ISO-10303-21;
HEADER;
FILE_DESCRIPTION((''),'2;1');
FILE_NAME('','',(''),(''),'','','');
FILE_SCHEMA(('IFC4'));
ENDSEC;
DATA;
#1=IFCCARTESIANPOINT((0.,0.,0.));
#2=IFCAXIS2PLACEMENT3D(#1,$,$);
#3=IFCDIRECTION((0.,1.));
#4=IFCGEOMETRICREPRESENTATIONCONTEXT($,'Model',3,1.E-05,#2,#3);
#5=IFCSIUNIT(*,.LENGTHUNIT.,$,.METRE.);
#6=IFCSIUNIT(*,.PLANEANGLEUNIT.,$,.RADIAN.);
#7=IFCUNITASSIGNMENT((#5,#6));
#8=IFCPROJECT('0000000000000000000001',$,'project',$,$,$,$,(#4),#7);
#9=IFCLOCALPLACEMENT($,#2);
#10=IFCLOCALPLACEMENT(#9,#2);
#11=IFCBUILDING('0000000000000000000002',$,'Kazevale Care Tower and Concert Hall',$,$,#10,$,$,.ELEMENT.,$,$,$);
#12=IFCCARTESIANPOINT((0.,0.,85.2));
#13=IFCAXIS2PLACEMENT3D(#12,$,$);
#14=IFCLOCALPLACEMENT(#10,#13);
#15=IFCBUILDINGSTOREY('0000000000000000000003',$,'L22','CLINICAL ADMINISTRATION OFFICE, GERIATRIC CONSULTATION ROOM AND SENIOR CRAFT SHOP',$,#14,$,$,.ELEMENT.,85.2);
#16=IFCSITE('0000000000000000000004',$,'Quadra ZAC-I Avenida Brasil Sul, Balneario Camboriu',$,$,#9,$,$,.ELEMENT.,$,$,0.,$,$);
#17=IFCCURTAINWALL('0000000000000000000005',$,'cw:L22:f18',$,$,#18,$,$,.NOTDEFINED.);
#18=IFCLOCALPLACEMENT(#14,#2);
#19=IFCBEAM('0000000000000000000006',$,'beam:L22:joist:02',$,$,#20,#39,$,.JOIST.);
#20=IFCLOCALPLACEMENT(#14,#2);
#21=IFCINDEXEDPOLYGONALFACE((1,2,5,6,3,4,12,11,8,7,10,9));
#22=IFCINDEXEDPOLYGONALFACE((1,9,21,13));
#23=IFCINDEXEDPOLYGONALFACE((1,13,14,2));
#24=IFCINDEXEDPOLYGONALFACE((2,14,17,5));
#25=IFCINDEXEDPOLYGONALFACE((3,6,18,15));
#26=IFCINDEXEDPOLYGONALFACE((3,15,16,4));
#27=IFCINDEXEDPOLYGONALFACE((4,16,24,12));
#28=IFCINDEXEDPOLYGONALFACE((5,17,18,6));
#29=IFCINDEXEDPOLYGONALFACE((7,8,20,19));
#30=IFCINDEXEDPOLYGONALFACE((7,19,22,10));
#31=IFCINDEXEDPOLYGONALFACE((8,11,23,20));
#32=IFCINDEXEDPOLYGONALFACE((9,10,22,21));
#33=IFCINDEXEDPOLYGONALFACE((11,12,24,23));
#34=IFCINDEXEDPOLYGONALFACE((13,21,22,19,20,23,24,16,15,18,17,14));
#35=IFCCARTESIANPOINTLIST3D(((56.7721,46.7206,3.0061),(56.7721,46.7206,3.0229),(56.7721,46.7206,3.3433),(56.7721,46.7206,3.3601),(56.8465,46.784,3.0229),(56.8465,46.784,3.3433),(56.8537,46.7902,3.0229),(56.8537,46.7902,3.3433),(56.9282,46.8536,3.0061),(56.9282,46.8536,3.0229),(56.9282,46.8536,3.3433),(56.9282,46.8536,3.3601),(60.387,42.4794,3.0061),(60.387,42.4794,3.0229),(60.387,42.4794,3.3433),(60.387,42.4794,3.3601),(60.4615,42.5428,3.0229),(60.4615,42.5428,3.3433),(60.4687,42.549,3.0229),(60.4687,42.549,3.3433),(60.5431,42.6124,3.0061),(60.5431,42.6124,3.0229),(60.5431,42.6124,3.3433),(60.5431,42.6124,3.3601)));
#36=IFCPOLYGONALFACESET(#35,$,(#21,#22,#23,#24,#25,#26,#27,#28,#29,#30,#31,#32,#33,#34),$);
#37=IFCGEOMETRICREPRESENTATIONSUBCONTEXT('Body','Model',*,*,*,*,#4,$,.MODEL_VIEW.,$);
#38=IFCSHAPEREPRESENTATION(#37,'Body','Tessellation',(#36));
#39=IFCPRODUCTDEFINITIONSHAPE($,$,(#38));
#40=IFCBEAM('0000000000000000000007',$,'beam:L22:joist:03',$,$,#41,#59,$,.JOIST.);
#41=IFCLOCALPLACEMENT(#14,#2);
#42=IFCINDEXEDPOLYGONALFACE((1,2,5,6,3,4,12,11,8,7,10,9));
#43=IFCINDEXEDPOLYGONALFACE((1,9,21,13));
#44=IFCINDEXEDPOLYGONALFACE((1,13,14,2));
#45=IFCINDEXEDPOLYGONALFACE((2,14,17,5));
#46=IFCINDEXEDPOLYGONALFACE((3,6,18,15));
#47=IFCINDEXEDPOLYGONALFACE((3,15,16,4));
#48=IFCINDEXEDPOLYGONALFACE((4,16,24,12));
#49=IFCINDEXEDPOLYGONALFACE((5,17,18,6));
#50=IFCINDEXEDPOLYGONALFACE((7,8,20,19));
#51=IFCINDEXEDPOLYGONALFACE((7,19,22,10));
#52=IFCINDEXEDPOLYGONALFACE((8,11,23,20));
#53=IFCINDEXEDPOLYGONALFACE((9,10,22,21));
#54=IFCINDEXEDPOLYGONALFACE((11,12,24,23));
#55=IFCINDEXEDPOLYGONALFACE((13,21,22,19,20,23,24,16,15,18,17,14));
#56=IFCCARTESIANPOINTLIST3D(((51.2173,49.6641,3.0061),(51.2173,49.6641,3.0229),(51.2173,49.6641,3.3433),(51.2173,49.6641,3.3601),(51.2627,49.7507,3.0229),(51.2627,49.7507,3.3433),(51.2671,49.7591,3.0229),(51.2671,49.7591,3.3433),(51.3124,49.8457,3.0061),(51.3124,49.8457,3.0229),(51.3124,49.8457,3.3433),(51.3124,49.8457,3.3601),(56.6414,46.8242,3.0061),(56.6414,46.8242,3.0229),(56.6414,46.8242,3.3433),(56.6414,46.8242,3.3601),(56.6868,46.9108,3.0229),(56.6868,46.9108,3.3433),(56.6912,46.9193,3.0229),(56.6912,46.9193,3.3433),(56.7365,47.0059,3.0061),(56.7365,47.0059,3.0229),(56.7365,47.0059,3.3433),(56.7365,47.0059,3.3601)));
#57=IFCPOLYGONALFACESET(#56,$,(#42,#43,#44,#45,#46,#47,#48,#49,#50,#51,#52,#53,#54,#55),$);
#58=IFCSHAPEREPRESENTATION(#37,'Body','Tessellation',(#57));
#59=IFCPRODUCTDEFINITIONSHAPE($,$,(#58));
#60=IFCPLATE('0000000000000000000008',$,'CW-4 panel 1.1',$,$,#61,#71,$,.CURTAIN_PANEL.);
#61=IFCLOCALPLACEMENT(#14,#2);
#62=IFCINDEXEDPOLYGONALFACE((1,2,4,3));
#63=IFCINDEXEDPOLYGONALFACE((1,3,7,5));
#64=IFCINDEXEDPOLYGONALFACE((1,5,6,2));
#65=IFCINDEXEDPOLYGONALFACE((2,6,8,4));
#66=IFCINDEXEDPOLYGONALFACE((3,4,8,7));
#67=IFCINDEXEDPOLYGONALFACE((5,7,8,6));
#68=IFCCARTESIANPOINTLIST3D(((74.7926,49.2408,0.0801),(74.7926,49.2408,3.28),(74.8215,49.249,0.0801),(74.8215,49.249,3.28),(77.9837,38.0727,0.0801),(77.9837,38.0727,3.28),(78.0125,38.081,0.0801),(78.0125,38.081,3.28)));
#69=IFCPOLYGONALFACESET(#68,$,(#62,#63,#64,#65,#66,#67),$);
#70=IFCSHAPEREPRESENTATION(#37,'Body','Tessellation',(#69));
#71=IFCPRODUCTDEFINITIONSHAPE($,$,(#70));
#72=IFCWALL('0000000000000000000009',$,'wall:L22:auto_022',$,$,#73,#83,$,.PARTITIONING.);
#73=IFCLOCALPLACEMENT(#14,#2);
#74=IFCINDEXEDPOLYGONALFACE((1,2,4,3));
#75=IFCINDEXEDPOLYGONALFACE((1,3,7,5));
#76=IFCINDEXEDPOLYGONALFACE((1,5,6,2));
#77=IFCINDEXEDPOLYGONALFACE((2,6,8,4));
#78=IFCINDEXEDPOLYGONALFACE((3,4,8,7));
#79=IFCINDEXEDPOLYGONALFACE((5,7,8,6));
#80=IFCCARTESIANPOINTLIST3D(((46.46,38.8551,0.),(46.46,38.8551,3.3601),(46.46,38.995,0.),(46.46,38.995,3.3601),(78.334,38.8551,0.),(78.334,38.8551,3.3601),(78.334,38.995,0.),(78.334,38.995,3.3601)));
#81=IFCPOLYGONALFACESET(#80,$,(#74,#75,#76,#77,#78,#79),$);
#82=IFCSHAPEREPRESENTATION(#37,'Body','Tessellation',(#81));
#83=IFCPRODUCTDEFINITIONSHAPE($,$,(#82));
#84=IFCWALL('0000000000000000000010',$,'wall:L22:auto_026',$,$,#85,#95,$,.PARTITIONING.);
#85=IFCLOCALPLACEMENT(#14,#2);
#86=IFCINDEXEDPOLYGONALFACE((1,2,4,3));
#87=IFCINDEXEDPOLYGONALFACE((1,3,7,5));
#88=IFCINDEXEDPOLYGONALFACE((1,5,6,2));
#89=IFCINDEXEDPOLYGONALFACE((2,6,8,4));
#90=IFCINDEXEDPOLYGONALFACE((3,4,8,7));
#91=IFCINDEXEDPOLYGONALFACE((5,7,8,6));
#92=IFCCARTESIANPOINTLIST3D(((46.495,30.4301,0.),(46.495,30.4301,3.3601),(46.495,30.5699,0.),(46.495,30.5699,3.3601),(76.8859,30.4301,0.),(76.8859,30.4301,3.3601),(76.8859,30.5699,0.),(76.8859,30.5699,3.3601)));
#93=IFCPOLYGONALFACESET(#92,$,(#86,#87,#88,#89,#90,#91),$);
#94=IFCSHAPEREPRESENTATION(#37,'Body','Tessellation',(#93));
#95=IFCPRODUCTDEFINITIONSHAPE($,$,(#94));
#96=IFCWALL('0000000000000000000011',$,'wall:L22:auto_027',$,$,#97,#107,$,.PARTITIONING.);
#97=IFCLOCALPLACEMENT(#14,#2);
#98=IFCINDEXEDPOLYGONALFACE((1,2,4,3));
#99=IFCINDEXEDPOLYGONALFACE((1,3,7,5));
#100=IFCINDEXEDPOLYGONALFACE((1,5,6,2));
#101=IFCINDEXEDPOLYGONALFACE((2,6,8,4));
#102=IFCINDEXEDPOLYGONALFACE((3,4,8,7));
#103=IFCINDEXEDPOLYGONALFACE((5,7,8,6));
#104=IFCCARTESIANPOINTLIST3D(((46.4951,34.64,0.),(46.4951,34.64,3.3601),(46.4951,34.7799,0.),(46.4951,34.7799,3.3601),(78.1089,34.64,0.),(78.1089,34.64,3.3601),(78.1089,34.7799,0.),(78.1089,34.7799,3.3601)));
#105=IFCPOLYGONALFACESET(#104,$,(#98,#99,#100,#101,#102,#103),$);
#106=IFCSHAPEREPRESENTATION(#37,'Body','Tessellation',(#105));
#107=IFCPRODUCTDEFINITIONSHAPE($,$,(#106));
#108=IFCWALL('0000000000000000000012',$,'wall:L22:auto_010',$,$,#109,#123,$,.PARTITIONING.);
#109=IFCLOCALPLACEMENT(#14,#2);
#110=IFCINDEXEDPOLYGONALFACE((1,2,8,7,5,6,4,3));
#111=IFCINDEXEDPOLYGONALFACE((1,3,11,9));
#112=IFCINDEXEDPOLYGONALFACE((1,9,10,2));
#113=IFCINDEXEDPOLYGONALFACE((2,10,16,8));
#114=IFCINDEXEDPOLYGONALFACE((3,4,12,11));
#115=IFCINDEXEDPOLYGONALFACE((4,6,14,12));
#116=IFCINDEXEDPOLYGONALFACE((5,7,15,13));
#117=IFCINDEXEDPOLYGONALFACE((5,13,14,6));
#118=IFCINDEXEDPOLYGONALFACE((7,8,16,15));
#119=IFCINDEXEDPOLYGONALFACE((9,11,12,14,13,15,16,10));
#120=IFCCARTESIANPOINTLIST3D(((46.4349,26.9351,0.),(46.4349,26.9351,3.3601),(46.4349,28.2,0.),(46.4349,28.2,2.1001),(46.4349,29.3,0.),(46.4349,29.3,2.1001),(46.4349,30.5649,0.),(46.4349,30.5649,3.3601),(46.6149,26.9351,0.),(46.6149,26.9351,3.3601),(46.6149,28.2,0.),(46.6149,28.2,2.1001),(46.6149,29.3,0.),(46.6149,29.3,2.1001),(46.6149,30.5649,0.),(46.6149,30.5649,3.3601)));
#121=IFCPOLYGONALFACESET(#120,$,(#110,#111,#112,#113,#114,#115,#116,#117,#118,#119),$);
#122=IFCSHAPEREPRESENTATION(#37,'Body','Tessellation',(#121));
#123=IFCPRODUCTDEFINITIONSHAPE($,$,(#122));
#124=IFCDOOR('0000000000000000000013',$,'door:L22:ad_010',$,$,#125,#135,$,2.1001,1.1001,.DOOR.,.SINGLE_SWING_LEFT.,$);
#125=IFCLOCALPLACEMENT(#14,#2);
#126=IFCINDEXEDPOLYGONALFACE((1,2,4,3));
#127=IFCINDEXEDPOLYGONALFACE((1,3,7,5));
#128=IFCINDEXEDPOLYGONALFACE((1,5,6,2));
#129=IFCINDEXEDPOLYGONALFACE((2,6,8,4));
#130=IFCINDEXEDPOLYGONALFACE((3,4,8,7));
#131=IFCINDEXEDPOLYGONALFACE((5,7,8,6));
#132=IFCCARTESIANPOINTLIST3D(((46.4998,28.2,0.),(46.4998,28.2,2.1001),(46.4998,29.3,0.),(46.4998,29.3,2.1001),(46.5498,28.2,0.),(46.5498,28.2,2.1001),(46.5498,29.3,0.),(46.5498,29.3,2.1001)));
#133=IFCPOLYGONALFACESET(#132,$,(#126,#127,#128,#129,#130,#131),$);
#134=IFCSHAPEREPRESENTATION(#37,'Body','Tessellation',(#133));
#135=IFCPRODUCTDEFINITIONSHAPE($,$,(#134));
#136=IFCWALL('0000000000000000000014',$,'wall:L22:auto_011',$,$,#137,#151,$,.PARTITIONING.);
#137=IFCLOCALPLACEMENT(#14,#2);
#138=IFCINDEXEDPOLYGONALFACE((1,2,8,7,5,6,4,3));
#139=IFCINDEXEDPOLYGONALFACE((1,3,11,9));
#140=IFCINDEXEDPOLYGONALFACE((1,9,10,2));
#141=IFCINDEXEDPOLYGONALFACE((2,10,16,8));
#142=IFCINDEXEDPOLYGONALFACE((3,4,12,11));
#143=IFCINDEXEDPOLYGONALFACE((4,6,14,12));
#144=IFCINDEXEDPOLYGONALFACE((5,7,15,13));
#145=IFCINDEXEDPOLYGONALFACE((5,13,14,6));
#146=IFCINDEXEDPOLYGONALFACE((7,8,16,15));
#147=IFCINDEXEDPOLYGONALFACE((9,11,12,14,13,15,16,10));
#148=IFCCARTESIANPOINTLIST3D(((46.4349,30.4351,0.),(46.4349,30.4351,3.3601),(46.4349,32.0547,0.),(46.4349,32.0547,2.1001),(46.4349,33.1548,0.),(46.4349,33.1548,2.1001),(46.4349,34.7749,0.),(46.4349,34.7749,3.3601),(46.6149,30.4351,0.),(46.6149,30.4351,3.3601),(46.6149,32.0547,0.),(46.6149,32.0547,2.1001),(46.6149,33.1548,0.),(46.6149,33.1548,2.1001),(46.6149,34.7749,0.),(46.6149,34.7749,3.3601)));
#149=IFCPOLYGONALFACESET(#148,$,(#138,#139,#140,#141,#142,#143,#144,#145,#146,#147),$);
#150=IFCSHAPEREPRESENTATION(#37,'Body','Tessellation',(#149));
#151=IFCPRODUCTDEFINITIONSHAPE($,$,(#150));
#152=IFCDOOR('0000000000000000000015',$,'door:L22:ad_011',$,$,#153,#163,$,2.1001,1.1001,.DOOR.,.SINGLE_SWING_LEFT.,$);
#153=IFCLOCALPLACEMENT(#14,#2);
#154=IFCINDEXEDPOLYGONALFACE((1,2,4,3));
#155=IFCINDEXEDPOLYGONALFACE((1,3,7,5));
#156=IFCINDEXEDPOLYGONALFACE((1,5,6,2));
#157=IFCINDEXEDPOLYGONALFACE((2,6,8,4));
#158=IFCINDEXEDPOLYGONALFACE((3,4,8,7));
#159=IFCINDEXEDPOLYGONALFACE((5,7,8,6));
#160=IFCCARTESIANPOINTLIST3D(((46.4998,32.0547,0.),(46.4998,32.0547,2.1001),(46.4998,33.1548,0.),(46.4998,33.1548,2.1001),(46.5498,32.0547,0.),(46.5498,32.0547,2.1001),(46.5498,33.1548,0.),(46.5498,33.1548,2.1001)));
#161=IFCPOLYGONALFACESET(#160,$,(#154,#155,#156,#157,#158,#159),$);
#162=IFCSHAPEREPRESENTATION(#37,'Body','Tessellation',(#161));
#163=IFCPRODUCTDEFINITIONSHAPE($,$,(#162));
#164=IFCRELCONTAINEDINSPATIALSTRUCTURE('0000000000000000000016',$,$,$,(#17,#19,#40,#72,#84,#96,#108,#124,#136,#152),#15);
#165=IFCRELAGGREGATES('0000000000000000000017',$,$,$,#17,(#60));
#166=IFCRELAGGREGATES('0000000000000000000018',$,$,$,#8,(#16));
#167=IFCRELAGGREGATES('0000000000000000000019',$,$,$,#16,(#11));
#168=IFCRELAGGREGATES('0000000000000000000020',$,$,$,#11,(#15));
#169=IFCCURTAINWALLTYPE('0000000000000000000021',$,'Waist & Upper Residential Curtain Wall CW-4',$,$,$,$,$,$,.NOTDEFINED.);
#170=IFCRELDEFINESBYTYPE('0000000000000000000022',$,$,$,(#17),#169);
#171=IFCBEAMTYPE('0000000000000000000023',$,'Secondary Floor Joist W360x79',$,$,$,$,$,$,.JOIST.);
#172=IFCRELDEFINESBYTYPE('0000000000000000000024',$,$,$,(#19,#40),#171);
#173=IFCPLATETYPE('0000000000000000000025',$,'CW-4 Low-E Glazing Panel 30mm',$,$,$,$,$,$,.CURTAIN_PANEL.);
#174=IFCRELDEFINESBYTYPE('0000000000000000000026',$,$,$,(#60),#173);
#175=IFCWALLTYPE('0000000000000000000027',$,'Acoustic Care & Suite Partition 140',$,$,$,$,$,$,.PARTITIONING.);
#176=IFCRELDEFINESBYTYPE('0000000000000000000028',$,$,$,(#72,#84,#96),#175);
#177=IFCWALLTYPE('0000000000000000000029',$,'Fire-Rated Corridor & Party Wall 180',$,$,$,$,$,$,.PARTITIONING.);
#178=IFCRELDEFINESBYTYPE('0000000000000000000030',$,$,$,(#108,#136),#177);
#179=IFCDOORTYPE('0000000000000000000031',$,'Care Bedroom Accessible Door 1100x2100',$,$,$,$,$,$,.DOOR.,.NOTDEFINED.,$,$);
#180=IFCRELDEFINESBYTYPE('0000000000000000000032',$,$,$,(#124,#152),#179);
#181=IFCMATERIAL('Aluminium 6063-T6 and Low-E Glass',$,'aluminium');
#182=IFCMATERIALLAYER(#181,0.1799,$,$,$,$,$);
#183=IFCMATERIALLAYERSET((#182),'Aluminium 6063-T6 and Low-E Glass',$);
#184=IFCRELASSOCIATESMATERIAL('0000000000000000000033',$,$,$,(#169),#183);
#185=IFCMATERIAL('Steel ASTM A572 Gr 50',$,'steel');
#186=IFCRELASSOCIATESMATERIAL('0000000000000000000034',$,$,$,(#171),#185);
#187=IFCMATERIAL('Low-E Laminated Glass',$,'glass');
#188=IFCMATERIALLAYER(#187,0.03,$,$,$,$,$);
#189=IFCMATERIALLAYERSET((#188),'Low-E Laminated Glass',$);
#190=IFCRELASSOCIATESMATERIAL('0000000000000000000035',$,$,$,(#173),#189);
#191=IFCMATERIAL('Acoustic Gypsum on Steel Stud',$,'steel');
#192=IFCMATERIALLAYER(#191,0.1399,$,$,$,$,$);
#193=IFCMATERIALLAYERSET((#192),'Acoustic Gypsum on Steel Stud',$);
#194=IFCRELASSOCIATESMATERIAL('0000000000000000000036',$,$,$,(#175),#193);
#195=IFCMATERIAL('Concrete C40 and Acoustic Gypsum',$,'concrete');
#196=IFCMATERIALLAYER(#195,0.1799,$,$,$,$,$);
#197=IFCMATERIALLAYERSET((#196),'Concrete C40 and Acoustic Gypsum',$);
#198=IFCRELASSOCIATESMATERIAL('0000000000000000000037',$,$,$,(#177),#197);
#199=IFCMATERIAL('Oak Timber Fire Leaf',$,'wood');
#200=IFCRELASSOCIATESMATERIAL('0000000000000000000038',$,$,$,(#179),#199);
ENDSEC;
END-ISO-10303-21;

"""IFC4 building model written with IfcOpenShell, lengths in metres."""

from ifc_helpers import new_model, si_unit, direction, frame, frame_2d, origin, origin_2d, place, context, subcontext, project, spatial, rectangle, i_section, extrude, material, layer, layer_set, material_profile, profile_set, type_object, element, fill, aggregate, save


model = new_model("IFC4")

# Units and contexts
model_context = context("Model", 3, precision=1e-05, world=origin(), true_north=direction((0.0, 1.0)))
body_context = subcontext(model_context, "Body", "Model", "MODEL_VIEW")
ifc_project = project(units=[si_unit("LENGTHUNIT", "METRE"), si_unit("PLANEANGLEUNIT", "RADIAN")], contexts=[model_context])

# Site, building, storey
site_placement = place(None, origin())
site = spatial("IfcSite", under=ifc_project, at=site_placement, Name="Quadra ZAC-I Avenida Brasil Sul, Balneario Camboriu", CompositionType="ELEMENT", RefElevation=0.0)
building_placement = place(site_placement, origin())
building = spatial("IfcBuilding", under=site, at=building_placement, Name="Kazevale Care Tower and Concert Hall", CompositionType="ELEMENT")
storey_placement = place(building_placement, frame((0.0, 0.0, 85.2)))
storey = spatial("IfcBuildingStorey", under=building, at=storey_placement, Name="L22", Description="CLINICAL ADMINISTRATION OFFICE, GERIATRIC CONSULTATION ROOM AND SENIOR CRAFT SHOP", CompositionType="ELEMENT", Elevation=85.2)

# Curtain wall
ifc_material_1 = material(Name="Aluminium 6063-T6 and Low-E Glass", Category="aluminium")
ifc_layer_1 = layer(ifc_material_1, 0.1799)
ifc_layer_set_1 = layer_set([ifc_layer_1], Name="Aluminium 6063-T6 and Low-E Glass")
curtain_wall_type = type_object("IfcCurtainWallType", Name="Waist & Upper Residential Curtain Wall CW-4", PredefinedType="NOTDEFINED", material=ifc_layer_set_1)
curtain_wall_placement = place(storey_placement, origin())
curtain_wall = element("IfcCurtainWall", 1, at=curtain_wall_placement, inside=storey, type_object=curtain_wall_type, Name="cw:L22:f18", PredefinedType="NOTDEFINED")

# Beams
ifc_material_2 = material(Name="Steel ASTM A572 Gr 50", Category="steel")
ifc_material_profile_1 = material_profile(ifc_material_2, i_section(OverallWidth=0.2051, OverallDepth=0.354, WebThickness=0.0095, FlangeThickness=0.0168, at=origin_2d()), Name="W360x79")
ifc_profile_set_1 = profile_set([ifc_material_profile_1], Name="Steel ASTM A572 Gr 50")
beam_type_1 = type_object("IfcBeamType", Name="Secondary Floor Joist W360x79", PredefinedType="JOIST", material=ifc_profile_set_1)
beam_1_placement = place(storey_placement, frame((60.4651, 42.5459, 3.1831), z_axis=(-0.648686, 0.761057, 0.0), x_axis=(-0.761057, -0.648686, 0.0)))
element("IfcBeam", 2, at=beam_1_placement, inside=storey, type_object=beam_type_1, Name="beam:L22:joist:02", PredefinedType="JOIST", context=body_context, shape_type="SweptSolid", body=[
    extrude(i_section(OverallWidth=0.2051, OverallDepth=0.354, WebThickness=0.0095, FlangeThickness=0.0168, at=origin_2d()), origin(), (0.0, 0.0, 1.0), 5.5728),
])
beam_2_placement = place(storey_placement, frame((56.689, 46.915, 3.1831), z_axis=(-0.885921, 0.463836, 0.0), x_axis=(-0.463836, -0.885921, 0.0)))
element("IfcBeam", 3, at=beam_2_placement, inside=storey, type_object=beam_type_1, Name="beam:L22:joist:03", PredefinedType="JOIST", context=body_context, shape_type="SweptSolid", body=[
    extrude(i_section(OverallWidth=0.2051, OverallDepth=0.354, WebThickness=0.0095, FlangeThickness=0.0168, at=origin_2d()), origin(), (0.0, 0.0, 1.0), 6.1226),
])

# Plate
ifc_material_3 = material(Name="Low-E Laminated Glass", Category="glass")
ifc_layer_2 = layer(ifc_material_3, 0.03)
ifc_layer_set_2 = layer_set([ifc_layer_2], Name="Low-E Laminated Glass")
plate_type = type_object("IfcPlateType", Name="CW-4 Low-E Glazing Panel 30mm", PredefinedType="CURTAIN_PANEL", material=ifc_layer_set_2)
plate_placement = place(storey_placement, frame((76.4026, 43.6609, 0.0801), z_axis=(0.0, 0.0, 1.0), x_axis=(0.274732, -0.961521, 0.0)))
plate = element("IfcPlate", 4, at=plate_placement, type_object=plate_type, Name="CW-4 panel 1.1", PredefinedType="CURTAIN_PANEL", context=body_context, shape_type="SweptSolid", body=[
    extrude(rectangle(XDim=11.615, YDim=0.03, at=origin_2d()), origin(), (0.0, 0.0, 1.0), 3.2),
])
aggregate(curtain_wall, [plate])

# Walls
ifc_material_4 = material(Name="Acoustic Gypsum on Steel Stud", Category="steel")
ifc_layer_3 = layer(ifc_material_4, 0.1399)
ifc_layer_set_3 = layer_set([ifc_layer_3], Name="Acoustic Gypsum on Steel Stud")
wall_type_1 = type_object("IfcWallType", Name="Acoustic Care & Suite Partition 140", PredefinedType="PARTITIONING", material=ifc_layer_set_3)
wall_1_placement = place(storey_placement, frame((78.334, 38.925, 0.0), z_axis=(0.0, 0.0, 1.0), x_axis=(-1.0, 0.0, 0.0)))
element("IfcWall", 5, at=wall_1_placement, inside=storey, type_object=wall_type_1, Name="wall:L22:auto_022", PredefinedType="PARTITIONING", context=body_context, shape_type="SweptSolid", body=[
    extrude(rectangle(XDim=31.874, YDim=0.1399, at=frame_2d((15.937, 0.0))), origin(), (0.0, 0.0, 1.0), 3.3601),
])
wall_2_placement = place(storey_placement, frame((46.4951, 30.5, 0.0), z_axis=(0.0, 0.0, 1.0), x_axis=(1.0, 0.0, 0.0)))
element("IfcWall", 6, at=wall_2_placement, inside=storey, type_object=wall_type_1, Name="wall:L22:auto_026", PredefinedType="PARTITIONING", context=body_context, shape_type="SweptSolid", body=[
    extrude(rectangle(XDim=30.3909, YDim=0.1399, at=frame_2d((15.1953, 0.0))), origin(), (0.0, 0.0, 1.0), 3.3601),
])
wall_3_placement = place(storey_placement, frame((46.4951, 34.71, 0.0), z_axis=(0.0, 0.0, 1.0), x_axis=(1.0, 0.0, 0.0)))
element("IfcWall", 7, at=wall_3_placement, inside=storey, type_object=wall_type_1, Name="wall:L22:auto_027", PredefinedType="PARTITIONING", context=body_context, shape_type="SweptSolid", body=[
    extrude(rectangle(XDim=31.6138, YDim=0.1399, at=frame_2d((15.8069, 0.0))), origin(), (0.0, 0.0, 1.0), 3.3601),
])

# Walls, openings, doors
ifc_material_5 = material(Name="Concrete C40 and Acoustic Gypsum", Category="concrete")
ifc_layer_4 = layer(ifc_material_5, 0.1799)
ifc_layer_set_4 = layer_set([ifc_layer_4], Name="Concrete C40 and Acoustic Gypsum")
wall_type_2 = type_object("IfcWallType", Name="Fire-Rated Corridor & Party Wall 180", PredefinedType="PARTITIONING", material=ifc_layer_set_4)
wall_4_placement = place(storey_placement, frame((46.5249, 30.5649, 0.0), z_axis=(0.0, 0.0, 1.0), x_axis=(0.0, -1.0, 0.0)))
wall_4 = element("IfcWall", 8, at=wall_4_placement, inside=storey, type_object=wall_type_2, Name="wall:L22:auto_010", PredefinedType="PARTITIONING", context=body_context, shape_type="SweptSolid", body=[
    extrude(rectangle(XDim=3.6299, YDim=0.1799, at=frame_2d((1.8149, 0.0))), origin(), (0.0, 0.0, 1.0), 3.3601),
])
opening_1_placement = place(wall_4_placement, frame((1.2649, 0.0, 0.0)))
opening_1 = element("IfcOpeningElement", 9, at=opening_1_placement, cuts=wall_4, PredefinedType="OPENING", context=body_context, shape_type="SweptSolid", body=[
    extrude(rectangle(XDim=1.1001, YDim=2.1001, at=frame_2d((0.55, 1.05))), frame((0.0, 0.0999, 0.0), z_axis=(0.0, -1.0, 0.0), x_axis=(1.0, 0.0, 0.0)), (0.0, 0.0, 1.0), 0.2),
])
ifc_material_6 = material(Name="Oak Timber Fire Leaf", Category="wood")
door_type = type_object("IfcDoorType", Name="Care Bedroom Accessible Door 1100x2100", OperationType="NOTDEFINED", PredefinedType="DOOR", material=ifc_material_6)
door_1_placement = place(opening_1_placement, origin())
door_1 = element("IfcDoor", 10, at=door_1_placement, inside=storey, type_object=door_type, Name="door:L22:ad_010", OperationType="SINGLE_SWING_LEFT", OverallHeight=2.1001, OverallWidth=1.1001, PredefinedType="DOOR", context=body_context, shape_type="SweptSolid", body=[
    extrude(rectangle(XDim=1.1001, YDim=2.1001, at=frame_2d((0.55, 1.05))), frame((0.0, 0.0249, 0.0), z_axis=(0.0, -1.0, 0.0), x_axis=(1.0, 0.0, 0.0)), (0.0, 0.0, 1.0), 0.05),
])
fill(opening_1, door_1)
wall_5_placement = place(storey_placement, frame((46.5249, 34.7749, 0.0), z_axis=(0.0, 0.0, 1.0), x_axis=(0.0, -1.0, 0.0)))
wall_5 = element("IfcWall", 11, at=wall_5_placement, inside=storey, type_object=wall_type_2, Name="wall:L22:auto_011", PredefinedType="PARTITIONING", context=body_context, shape_type="SweptSolid", body=[
    extrude(rectangle(XDim=4.3398, YDim=0.1799, at=frame_2d((2.1699, 0.0))), origin(), (0.0, 0.0, 1.0), 3.3601),
])
opening_2_placement = place(wall_5_placement, frame((1.6201, 0.0, 0.0)))
opening_2 = element("IfcOpeningElement", 12, at=opening_2_placement, cuts=wall_5, PredefinedType="OPENING", context=body_context, shape_type="SweptSolid", body=[
    extrude(rectangle(XDim=1.1001, YDim=2.1001, at=frame_2d((0.55, 1.05))), frame((0.0, 0.0999, 0.0), z_axis=(0.0, -1.0, 0.0), x_axis=(1.0, 0.0, 0.0)), (0.0, 0.0, 1.0), 0.2),
])
door_2_placement = place(opening_2_placement, origin())
door_2 = element("IfcDoor", 13, at=door_2_placement, inside=storey, type_object=door_type, Name="door:L22:ad_011", OperationType="SINGLE_SWING_LEFT", OverallHeight=2.1001, OverallWidth=1.1001, PredefinedType="DOOR", context=body_context, shape_type="SweptSolid", body=[
    extrude(rectangle(XDim=1.1001, YDim=2.1001, at=frame_2d((0.55, 1.05))), frame((0.0, 0.0249, 0.0), z_axis=(0.0, -1.0, 0.0), x_axis=(1.0, 0.0, 0.0)), (0.0, 0.0, 1.0), 0.05),
])
fill(opening_2, door_2)

save(model, "model.ifc")
